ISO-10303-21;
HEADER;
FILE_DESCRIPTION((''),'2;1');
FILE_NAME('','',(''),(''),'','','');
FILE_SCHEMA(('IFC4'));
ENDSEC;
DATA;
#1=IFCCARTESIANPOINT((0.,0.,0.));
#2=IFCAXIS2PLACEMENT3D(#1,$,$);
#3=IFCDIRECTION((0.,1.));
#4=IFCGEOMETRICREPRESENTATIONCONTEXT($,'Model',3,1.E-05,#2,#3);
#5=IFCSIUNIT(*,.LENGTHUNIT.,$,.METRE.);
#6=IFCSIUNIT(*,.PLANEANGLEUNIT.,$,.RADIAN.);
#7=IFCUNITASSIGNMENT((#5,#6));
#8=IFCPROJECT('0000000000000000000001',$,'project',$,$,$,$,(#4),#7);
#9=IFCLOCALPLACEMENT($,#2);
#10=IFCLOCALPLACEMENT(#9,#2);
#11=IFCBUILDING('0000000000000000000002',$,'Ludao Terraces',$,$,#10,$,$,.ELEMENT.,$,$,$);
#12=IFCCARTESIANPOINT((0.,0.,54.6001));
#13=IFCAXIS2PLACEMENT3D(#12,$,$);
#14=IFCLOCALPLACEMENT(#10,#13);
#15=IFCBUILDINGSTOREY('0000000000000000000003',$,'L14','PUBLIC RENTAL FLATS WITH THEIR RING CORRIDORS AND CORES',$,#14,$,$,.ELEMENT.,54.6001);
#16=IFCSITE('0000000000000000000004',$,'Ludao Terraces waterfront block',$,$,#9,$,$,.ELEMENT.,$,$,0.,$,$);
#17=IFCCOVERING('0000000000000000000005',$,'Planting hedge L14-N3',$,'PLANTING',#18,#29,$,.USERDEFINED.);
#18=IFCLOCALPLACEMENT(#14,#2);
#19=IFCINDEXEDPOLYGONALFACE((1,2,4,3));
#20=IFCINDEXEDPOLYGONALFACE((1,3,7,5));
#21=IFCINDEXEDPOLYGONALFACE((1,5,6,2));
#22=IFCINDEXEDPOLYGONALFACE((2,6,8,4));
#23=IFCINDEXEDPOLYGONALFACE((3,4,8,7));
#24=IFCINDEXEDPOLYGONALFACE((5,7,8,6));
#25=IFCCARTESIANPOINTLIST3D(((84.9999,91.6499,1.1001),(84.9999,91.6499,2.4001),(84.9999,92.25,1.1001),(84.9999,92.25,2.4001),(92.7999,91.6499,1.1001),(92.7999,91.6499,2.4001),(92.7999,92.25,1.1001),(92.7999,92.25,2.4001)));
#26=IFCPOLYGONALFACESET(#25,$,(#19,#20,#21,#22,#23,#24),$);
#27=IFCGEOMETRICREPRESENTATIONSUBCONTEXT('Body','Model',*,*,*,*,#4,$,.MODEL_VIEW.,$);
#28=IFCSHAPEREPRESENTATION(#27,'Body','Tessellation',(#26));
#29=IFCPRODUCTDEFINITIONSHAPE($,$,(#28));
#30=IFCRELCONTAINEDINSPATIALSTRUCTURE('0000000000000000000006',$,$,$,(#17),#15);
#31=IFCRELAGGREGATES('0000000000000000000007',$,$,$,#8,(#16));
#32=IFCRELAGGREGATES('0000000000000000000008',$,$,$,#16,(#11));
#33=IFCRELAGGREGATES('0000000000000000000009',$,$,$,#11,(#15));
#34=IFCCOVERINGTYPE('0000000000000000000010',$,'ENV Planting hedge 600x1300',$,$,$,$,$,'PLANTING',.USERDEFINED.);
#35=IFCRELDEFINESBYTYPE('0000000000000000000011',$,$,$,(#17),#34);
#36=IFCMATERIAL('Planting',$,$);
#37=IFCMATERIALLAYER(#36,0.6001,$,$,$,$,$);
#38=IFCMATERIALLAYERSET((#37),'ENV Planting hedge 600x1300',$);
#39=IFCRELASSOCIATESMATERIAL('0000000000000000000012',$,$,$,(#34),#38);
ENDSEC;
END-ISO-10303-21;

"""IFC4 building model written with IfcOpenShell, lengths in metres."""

from ifc_helpers import new_model, si_unit, direction, frame, origin, origin_2d, place, context, subcontext, project, spatial, rectangle, extrude, material, layer, layer_set, type_object, element, save


model = new_model("IFC4")

# Units and contexts
model_context = context("Model", 3, precision=1e-05, world=origin(), true_north=direction((0.0, 1.0)))
body_context = subcontext(model_context, "Body", "Model", "MODEL_VIEW")
ifc_project = project(units=[si_unit("LENGTHUNIT", "METRE"), si_unit("PLANEANGLEUNIT", "RADIAN")], contexts=[model_context])

# Site, building, storey
site_placement = place(None, origin())
site = spatial("IfcSite", under=ifc_project, at=site_placement, Name="Ludao Terraces waterfront block", CompositionType="ELEMENT", RefElevation=0.0)
building_placement = place(site_placement, origin())
building = spatial("IfcBuilding", under=site, at=building_placement, Name="Ludao Terraces", CompositionType="ELEMENT")
storey_placement = place(building_placement, frame((0.0, 0.0, 54.6001)))
storey = spatial("IfcBuildingStorey", under=building, at=storey_placement, Name="L14", Description="PUBLIC RENTAL FLATS WITH THEIR RING CORRIDORS AND CORES", CompositionType="ELEMENT", Elevation=54.6001)

# Covering
ifc_material_1 = material(Name="Planting")
ifc_layer_1 = layer(ifc_material_1, 0.6001)
ifc_layer_set_1 = layer_set([ifc_layer_1], Name="ENV Planting hedge 600x1300")
covering_type = type_object("IfcCoveringType", Name="ENV Planting hedge 600x1300", ElementType="PLANTING", PredefinedType="USERDEFINED", material=ifc_layer_set_1)
covering_placement = place(storey_placement, frame((88.8999, 91.95, 1.1001), z_axis=(0.0, 0.0, 1.0), x_axis=(1.0, 0.0, 0.0)))
element("IfcCovering", 1, at=covering_placement, inside=storey, type_object=covering_type, Name="Planting hedge L14-N3", ObjectType="PLANTING", PredefinedType="USERDEFINED", context=body_context, shape_type="SweptSolid", body=[
    extrude(rectangle(XDim=7.8, YDim=0.6001, at=origin_2d()), origin(), (0.0, 0.0, 1.0), 1.3),
])

save(model, "model.ifc")
